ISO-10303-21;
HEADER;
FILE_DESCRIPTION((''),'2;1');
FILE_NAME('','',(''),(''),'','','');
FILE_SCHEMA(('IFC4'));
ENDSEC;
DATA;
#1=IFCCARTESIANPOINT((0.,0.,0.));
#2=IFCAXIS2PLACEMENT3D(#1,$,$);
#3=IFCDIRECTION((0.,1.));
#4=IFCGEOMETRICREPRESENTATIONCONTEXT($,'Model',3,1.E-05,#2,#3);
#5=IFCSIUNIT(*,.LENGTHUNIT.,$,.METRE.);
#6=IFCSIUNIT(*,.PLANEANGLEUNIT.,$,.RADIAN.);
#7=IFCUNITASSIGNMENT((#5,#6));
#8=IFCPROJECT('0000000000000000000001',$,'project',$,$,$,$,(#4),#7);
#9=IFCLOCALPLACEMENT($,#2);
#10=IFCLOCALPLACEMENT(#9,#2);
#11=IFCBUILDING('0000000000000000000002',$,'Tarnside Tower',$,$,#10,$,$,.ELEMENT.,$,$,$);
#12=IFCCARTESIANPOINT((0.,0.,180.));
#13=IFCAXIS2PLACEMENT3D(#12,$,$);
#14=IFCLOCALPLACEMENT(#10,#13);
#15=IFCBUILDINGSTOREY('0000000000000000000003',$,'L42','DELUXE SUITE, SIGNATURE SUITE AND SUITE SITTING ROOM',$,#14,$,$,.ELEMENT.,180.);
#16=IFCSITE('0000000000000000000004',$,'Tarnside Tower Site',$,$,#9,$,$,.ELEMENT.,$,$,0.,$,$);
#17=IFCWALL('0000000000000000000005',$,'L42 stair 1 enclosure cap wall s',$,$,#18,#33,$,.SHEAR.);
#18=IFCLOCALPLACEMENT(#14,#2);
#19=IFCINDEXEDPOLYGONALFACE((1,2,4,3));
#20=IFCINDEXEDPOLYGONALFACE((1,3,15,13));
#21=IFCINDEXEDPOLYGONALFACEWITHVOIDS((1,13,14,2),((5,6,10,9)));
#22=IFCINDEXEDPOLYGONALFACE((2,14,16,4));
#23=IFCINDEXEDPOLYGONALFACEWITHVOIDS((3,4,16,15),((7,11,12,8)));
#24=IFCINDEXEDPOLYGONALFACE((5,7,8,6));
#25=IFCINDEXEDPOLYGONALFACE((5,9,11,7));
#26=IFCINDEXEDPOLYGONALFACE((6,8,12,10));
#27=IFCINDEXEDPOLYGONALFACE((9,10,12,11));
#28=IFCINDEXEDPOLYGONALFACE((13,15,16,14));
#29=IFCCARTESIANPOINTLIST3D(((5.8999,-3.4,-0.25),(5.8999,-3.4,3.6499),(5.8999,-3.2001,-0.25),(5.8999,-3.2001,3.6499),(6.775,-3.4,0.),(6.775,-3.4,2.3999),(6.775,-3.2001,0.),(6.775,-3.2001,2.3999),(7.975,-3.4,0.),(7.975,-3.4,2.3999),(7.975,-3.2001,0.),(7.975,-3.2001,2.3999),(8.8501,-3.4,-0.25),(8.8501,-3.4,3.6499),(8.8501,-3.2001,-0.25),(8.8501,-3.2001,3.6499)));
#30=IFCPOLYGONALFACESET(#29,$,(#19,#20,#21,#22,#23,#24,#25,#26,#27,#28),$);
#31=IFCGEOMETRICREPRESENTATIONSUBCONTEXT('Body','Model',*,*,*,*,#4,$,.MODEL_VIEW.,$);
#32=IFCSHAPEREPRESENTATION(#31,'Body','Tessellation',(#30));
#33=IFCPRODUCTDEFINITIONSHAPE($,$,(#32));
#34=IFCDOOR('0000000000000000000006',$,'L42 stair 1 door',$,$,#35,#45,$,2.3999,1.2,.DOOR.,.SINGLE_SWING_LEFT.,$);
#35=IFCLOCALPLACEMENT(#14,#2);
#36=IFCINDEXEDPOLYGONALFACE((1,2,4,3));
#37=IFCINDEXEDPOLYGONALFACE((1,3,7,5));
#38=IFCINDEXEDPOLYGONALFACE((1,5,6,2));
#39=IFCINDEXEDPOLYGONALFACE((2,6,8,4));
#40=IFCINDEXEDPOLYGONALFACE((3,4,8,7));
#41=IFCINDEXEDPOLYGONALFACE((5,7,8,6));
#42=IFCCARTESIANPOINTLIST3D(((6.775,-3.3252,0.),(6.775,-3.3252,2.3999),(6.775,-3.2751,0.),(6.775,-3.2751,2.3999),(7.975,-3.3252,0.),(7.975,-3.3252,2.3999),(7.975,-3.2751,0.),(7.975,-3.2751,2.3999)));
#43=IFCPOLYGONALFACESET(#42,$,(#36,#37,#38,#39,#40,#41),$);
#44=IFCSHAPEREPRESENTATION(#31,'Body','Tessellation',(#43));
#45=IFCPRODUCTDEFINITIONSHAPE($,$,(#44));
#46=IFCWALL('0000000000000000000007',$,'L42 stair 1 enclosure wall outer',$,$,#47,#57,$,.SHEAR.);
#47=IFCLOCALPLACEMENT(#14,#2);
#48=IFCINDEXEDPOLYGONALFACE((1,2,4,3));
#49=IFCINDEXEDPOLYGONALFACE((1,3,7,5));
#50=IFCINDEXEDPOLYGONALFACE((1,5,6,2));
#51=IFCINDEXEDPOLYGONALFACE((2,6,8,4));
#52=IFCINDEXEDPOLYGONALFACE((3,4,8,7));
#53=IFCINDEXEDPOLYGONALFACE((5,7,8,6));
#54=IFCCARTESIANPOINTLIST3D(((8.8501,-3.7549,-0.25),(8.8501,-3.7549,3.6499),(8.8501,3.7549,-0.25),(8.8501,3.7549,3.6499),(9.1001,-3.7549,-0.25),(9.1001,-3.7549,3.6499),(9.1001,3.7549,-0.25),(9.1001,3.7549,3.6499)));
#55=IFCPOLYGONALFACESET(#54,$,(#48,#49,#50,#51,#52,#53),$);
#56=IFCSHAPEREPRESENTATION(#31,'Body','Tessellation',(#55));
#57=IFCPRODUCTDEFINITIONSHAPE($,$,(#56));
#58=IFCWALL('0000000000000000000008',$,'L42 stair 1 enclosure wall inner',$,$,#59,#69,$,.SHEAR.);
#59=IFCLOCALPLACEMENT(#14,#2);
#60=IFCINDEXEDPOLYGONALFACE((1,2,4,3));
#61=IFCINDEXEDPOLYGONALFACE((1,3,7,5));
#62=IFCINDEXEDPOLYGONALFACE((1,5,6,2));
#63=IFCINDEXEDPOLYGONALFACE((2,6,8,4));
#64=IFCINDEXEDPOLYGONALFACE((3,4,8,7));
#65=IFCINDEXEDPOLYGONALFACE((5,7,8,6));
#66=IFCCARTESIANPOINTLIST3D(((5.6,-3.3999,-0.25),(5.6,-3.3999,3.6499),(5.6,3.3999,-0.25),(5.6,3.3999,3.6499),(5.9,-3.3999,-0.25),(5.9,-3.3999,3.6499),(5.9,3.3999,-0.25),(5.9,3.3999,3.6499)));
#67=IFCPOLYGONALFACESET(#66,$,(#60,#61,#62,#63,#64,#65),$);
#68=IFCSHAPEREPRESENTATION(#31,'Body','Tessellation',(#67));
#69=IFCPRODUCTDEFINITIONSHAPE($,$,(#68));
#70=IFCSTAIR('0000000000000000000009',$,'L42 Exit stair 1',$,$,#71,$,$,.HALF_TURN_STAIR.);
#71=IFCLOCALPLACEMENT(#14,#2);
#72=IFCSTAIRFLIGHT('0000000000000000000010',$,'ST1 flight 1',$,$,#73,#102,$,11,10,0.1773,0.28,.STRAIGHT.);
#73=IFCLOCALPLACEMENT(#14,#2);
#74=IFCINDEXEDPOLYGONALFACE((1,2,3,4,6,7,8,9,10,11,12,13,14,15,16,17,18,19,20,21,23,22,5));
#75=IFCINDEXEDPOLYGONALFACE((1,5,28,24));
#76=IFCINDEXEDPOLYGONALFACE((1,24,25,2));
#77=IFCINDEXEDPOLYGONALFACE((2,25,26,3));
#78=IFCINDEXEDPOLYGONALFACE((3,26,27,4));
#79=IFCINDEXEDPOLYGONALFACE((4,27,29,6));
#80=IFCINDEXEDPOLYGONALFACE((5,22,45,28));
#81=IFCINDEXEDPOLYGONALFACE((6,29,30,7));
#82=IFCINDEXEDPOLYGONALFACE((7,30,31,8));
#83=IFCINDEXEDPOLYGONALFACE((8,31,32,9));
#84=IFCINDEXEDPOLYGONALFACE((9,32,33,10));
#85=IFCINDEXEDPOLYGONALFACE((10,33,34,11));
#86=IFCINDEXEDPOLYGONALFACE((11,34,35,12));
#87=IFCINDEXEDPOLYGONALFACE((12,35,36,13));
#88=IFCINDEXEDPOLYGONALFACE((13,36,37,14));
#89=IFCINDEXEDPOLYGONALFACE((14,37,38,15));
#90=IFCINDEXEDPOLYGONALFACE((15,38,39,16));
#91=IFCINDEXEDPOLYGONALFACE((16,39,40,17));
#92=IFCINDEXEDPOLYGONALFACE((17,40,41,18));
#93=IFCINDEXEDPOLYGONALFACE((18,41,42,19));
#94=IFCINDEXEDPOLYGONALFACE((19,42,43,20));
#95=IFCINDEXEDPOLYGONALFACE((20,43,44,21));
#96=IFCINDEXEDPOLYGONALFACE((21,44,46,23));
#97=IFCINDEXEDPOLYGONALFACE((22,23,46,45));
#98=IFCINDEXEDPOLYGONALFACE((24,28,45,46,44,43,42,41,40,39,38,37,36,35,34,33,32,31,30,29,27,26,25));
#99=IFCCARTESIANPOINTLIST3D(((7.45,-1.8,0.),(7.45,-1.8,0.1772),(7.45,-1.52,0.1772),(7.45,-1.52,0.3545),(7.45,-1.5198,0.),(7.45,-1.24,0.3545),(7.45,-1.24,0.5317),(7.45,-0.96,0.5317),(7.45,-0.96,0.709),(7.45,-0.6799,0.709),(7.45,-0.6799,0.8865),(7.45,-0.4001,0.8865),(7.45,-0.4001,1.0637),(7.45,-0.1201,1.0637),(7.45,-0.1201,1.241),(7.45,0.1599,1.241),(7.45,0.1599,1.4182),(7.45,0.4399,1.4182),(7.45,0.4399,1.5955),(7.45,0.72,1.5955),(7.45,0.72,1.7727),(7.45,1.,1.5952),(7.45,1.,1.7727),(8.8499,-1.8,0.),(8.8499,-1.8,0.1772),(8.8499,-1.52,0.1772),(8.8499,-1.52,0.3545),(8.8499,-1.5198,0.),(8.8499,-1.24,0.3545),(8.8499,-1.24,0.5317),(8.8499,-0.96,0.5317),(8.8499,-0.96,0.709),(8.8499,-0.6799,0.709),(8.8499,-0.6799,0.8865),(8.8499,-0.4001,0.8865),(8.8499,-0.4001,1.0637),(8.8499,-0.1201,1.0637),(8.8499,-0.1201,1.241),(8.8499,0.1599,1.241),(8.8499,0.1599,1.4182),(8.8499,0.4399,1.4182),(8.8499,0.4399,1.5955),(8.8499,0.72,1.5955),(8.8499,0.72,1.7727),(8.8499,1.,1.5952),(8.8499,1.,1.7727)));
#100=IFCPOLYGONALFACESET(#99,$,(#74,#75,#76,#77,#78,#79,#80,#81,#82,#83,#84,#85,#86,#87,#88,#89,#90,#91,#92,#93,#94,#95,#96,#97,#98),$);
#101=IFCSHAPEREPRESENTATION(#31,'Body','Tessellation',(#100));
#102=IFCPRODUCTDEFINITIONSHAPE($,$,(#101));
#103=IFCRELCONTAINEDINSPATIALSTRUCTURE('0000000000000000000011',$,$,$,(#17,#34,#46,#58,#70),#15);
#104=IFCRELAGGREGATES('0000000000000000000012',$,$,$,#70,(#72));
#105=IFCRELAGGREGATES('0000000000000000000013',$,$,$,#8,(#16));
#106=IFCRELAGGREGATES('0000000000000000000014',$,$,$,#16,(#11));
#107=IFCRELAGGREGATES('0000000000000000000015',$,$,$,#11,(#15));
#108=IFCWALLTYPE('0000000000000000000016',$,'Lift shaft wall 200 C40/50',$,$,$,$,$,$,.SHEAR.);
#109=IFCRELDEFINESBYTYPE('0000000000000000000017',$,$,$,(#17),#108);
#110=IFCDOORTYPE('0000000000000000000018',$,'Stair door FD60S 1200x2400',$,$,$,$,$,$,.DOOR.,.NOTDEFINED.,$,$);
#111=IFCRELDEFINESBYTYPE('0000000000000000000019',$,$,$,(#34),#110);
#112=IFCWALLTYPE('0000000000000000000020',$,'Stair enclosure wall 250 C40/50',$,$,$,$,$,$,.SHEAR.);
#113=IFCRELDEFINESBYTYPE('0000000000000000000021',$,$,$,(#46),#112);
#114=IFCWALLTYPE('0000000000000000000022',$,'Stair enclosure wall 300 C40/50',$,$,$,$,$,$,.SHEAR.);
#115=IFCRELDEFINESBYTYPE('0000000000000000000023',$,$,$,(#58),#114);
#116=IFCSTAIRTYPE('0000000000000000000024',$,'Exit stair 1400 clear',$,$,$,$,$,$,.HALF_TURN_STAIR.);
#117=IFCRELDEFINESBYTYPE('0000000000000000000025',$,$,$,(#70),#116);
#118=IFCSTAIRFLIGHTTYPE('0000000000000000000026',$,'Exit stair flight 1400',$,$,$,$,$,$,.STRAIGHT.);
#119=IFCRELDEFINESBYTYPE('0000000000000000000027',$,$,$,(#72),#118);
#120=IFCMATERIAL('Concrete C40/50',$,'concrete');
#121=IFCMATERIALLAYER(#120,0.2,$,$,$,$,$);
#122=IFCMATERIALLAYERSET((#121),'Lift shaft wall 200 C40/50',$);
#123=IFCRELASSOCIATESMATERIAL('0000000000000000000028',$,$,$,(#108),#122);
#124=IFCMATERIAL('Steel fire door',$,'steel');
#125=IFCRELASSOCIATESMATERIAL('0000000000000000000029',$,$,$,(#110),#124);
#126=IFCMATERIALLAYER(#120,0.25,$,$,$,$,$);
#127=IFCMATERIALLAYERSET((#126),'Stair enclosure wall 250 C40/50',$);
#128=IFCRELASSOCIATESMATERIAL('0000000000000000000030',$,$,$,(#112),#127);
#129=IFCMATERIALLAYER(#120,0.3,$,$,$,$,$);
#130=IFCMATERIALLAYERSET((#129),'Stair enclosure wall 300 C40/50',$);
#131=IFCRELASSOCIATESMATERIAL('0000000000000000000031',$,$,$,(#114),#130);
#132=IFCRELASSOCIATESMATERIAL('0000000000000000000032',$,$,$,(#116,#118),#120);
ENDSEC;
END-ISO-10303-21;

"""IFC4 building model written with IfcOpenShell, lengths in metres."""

from ifc_helpers import new_model, si_unit, direction, frame, frame_2d, origin, place, context, subcontext, project, spatial, polyline, rectangle, outline, extrude, material, layer, layer_set, type_object, element, fill, aggregate, save


model = new_model("IFC4")

# Units and contexts
model_context = context("Model", 3, precision=1e-05, world=origin(), true_north=direction((0.0, 1.0)))
body_context = subcontext(model_context, "Body", "Model", "MODEL_VIEW")
ifc_project = project(units=[si_unit("LENGTHUNIT", "METRE"), si_unit("PLANEANGLEUNIT", "RADIAN")], contexts=[model_context])

# Site, building, storey
site_placement = place(None, origin())
site = spatial("IfcSite", under=ifc_project, at=site_placement, Name="Tarnside Tower Site", CompositionType="ELEMENT", RefElevation=0.0)
building_placement = place(site_placement, origin())
building = spatial("IfcBuilding", under=site, at=building_placement, Name="Tarnside Tower", CompositionType="ELEMENT")
storey_placement = place(building_placement, frame((0.0, 0.0, 180.0)))
storey = spatial("IfcBuildingStorey", under=building, at=storey_placement, Name="L42", Description="DELUXE SUITE, SIGNATURE SUITE AND SUITE SITTING ROOM", CompositionType="ELEMENT", Elevation=180.0)

# Shared definitions
ifc_material_1 = material(Name="Concrete C40/50", Category="concrete")

# Shared definitions
ifc_material_2 = material(Name="Steel fire door", Category="steel")

# Shared definitions
ifc_layer_1 = layer(ifc_material_1, 0.2)
ifc_layer_set_1 = layer_set([ifc_layer_1], Name="Lift shaft wall 200 C40/50")
wall_type_1 = type_object("IfcWallType", Name="Lift shaft wall 200 C40/50", PredefinedType="SHEAR", material=ifc_layer_set_1)

# Wall, opening, door
wall_1_placement = place(storey_placement, frame((5.8999, -3.3, -0.25), z_axis=(0.0, 0.0, 1.0), x_axis=(1.0, 0.0, 0.0)))
wall_1 = element("IfcWall", 1, at=wall_1_placement, inside=storey, type_object=wall_type_1, Name="L42 stair 1 enclosure cap wall s", PredefinedType="SHEAR", context=body_context, shape_type="SweptSolid", body=[
    extrude(rectangle(XDim=2.9502, YDim=0.2, at=frame_2d((1.4751, 0.0))), origin(), (0.0, 0.0, 1.0), 3.8999),
])
opening_1_placement = place(wall_1_placement, frame((0.875, 0.0, 0.25)))
opening_1 = element("IfcOpeningElement", 2, at=opening_1_placement, cuts=wall_1, PredefinedType="OPENING", context=body_context, shape_type="SweptSolid", body=[
    extrude(rectangle(XDim=1.2, YDim=2.3999, at=frame_2d((0.6001, 1.2))), frame((0.0, 0.1099, 0.0), z_axis=(0.0, -1.0, 0.0), x_axis=(1.0, 0.0, 0.0)), (0.0, 0.0, 1.0), 0.22),
])
door_type_1 = type_object("IfcDoorType", Name="Stair door FD60S 1200x2400", OperationType="NOTDEFINED", PredefinedType="DOOR", material=ifc_material_2)
door_1_placement = place(opening_1_placement, origin())
door_1 = element("IfcDoor", 3, at=door_1_placement, inside=storey, type_object=door_type_1, Name="L42 stair 1 door", OperationType="SINGLE_SWING_LEFT", OverallHeight=2.3999, OverallWidth=1.2, PredefinedType="DOOR", context=body_context, shape_type="SweptSolid", body=[
    extrude(rectangle(XDim=1.2, YDim=2.3999, at=frame_2d((0.6001, 1.2))), frame((0.0, 0.0249, 0.0), z_axis=(0.0, -1.0, 0.0), x_axis=(1.0, 0.0, 0.0)), (0.0, 0.0, 1.0), 0.05),
])
fill(opening_1, door_1)

# Walls
ifc_layer_2 = layer(ifc_material_1, 0.25)
ifc_layer_set_2 = layer_set([ifc_layer_2], Name="Stair enclosure wall 250 C40/50")
wall_type_2 = type_object("IfcWallType", Name="Stair enclosure wall 250 C40/50", PredefinedType="SHEAR", material=ifc_layer_set_2)
wall_2_placement = place(storey_placement, frame((8.9751, -3.7549, -0.25), z_axis=(0.0, 0.0, 1.0), x_axis=(0.0, 1.0, 0.0)))
element("IfcWall", 4, at=wall_2_placement, inside=storey, type_object=wall_type_2, Name="L42 stair 1 enclosure wall outer", PredefinedType="SHEAR", context=body_context, shape_type="SweptSolid", body=[
    extrude(rectangle(XDim=7.5098, YDim=0.25, at=frame_2d((3.7549, 0.0))), origin(), (0.0, 0.0, 1.0), 3.8999),
])
ifc_layer_3 = layer(ifc_material_1, 0.3)
ifc_layer_set_3 = layer_set([ifc_layer_3], Name="Stair enclosure wall 300 C40/50")
wall_type_3 = type_object("IfcWallType", Name="Stair enclosure wall 300 C40/50", PredefinedType="SHEAR", material=ifc_layer_set_3)
wall_3_placement = place(storey_placement, frame((5.75, -3.3999, -0.25), z_axis=(0.0, 0.0, 1.0), x_axis=(0.0, 1.0, 0.0)))
element("IfcWall", 5, at=wall_3_placement, inside=storey, type_object=wall_type_3, Name="L42 stair 1 enclosure wall inner", PredefinedType="SHEAR", context=body_context, shape_type="SweptSolid", body=[
    extrude(rectangle(XDim=6.7998, YDim=0.3, at=frame_2d((3.3999, 0.0))), origin(), (0.0, 0.0, 1.0), 3.8999),
])

# Stair, stair flight
stair_type = type_object("IfcStairType", Name="Exit stair 1400 clear", PredefinedType="HALF_TURN_STAIR", material=ifc_material_1)
stair_placement = place(storey_placement, origin())
stair = element("IfcStair", 6, at=stair_placement, inside=storey, type_object=stair_type, Name="L42 Exit stair 1", PredefinedType="HALF_TURN_STAIR")
stair_flight_type = type_object("IfcStairFlightType", Name="Exit stair flight 1400", PredefinedType="STRAIGHT", material=ifc_material_1)
stair_flight_placement = place(storey_placement, frame((8.1499, -1.8, 0.0), z_axis=(0.0, 0.0, 1.0), x_axis=(0.0, 1.0, 0.0)))
stair_flight = element("IfcStairFlight", 7, at=stair_flight_placement, type_object=stair_flight_type, Name="ST1 flight 1", NumberOfRisers=11, NumberOfTreads=10, PredefinedType="STRAIGHT", RiserHeight=0.1773, TreadLength=0.28, context=body_context, shape_type="SweptSolid", body=[
    extrude(outline(polyline([(0.0, 0.0), (0.0, 0.1772), (0.28, 0.1772), (0.28, 0.3545), (0.5601, 0.3545), (0.5601, 0.5317), (0.8401, 0.5317), (0.8401, 0.709), (1.1201, 0.709), (1.1201, 0.8865), (1.3999, 0.8865), (1.3999, 1.0637), (1.6799, 1.0637), (1.6799, 1.241), (1.96, 1.241), (1.96, 1.4182), (2.24, 1.4182), (2.24, 1.5955), (2.52, 1.5955), (2.52, 1.7727), (2.8, 1.7727), (2.8, 1.95), (2.8, 1.5952), (0.2803, 0.0), (0.0, 0.0)])), frame((0.0, 0.7, 0.0), z_axis=(0.0, -1.0, 0.0), x_axis=(1.0, 0.0, 0.0)), (0.0, 0.0, 1.0), 1.3999),
])
aggregate(stair, [stair_flight])

save(model, "model.ifc")
